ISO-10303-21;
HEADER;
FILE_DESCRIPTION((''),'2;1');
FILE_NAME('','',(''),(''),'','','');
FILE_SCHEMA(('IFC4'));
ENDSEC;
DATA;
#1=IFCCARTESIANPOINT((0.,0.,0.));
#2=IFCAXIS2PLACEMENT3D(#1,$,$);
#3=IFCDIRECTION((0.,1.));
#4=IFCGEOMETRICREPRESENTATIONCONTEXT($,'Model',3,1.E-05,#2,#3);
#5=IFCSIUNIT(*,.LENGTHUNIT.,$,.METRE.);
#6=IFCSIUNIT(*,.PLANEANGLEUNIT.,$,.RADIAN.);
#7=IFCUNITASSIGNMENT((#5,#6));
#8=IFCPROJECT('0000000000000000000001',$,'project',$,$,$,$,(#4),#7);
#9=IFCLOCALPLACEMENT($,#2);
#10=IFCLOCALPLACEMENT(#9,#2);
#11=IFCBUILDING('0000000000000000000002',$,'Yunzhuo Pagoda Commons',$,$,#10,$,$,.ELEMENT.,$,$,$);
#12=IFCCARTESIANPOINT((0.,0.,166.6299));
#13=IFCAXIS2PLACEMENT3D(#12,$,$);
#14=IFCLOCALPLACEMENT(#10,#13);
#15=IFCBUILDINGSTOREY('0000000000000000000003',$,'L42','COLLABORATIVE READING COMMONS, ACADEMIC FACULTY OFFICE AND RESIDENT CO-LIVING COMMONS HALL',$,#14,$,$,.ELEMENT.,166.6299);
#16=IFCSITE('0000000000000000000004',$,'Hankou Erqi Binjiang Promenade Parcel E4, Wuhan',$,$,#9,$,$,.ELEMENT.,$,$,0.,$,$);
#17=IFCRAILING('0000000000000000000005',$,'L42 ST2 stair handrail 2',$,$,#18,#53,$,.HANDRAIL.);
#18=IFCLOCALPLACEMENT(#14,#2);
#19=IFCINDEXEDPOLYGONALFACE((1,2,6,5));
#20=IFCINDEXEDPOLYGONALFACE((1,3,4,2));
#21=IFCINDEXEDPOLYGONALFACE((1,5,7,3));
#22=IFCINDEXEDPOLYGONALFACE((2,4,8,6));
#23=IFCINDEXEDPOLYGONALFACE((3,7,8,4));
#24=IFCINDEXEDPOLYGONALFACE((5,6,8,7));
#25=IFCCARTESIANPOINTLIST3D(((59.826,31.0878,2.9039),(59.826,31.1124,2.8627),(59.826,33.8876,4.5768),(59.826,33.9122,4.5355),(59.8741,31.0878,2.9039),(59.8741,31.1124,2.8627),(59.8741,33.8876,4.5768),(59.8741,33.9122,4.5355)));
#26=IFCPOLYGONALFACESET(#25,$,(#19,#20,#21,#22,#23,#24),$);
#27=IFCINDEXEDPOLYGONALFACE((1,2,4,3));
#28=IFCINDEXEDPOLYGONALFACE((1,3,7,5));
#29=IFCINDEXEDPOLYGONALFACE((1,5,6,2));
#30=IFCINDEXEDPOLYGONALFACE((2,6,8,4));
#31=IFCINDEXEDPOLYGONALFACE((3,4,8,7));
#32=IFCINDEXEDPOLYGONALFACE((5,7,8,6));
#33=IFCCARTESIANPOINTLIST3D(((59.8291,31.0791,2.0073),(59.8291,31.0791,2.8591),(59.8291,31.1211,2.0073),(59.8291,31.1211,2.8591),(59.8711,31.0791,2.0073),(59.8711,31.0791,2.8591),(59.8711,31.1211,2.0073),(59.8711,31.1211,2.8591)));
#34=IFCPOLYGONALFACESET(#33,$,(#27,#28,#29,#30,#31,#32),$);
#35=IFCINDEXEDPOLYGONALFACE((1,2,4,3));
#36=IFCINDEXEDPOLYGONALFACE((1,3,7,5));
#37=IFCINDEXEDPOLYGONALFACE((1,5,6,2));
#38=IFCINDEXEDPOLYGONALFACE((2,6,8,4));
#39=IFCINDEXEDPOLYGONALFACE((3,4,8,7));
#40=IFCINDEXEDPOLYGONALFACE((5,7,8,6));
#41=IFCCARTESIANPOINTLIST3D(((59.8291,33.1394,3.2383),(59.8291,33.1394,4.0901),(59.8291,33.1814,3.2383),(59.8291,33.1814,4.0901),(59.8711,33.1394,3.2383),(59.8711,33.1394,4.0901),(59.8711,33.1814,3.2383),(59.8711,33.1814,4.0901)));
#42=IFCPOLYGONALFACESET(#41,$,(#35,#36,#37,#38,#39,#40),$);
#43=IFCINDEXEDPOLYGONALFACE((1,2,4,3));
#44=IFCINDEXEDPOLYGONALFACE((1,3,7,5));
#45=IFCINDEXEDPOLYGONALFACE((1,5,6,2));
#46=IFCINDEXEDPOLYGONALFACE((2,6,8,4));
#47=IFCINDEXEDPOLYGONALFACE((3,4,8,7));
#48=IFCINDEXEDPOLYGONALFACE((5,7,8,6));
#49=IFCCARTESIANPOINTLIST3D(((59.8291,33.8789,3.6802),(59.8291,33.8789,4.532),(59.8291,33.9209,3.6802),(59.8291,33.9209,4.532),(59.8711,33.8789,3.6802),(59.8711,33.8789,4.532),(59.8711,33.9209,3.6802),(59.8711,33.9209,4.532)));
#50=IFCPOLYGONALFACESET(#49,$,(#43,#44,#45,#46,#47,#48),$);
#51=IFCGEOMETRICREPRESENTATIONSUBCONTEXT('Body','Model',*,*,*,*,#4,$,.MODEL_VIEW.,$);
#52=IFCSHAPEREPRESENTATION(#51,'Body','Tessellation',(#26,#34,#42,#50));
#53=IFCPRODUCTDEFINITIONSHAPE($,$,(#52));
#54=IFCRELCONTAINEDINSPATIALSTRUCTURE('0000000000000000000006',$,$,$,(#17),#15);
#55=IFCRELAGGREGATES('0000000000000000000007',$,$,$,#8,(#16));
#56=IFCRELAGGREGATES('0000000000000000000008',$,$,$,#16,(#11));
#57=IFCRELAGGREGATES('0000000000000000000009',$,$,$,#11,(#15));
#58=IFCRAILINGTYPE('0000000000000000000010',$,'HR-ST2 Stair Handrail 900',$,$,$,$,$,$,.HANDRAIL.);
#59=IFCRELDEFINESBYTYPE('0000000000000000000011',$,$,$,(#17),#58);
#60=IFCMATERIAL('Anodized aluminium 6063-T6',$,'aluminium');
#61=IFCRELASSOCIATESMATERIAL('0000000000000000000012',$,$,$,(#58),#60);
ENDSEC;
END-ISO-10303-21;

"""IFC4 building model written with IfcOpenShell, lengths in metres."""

from ifc_helpers import new_model, si_unit, direction, frame, origin, origin_2d, place, context, subcontext, project, spatial, rectangle, extrude, material, type_object, element, save


model = new_model("IFC4")

# Units and contexts
model_context = context("Model", 3, precision=1e-05, world=origin(), true_north=direction((0.0, 1.0)))
body_context = subcontext(model_context, "Body", "Model", "MODEL_VIEW")
ifc_project = project(units=[si_unit("LENGTHUNIT", "METRE"), si_unit("PLANEANGLEUNIT", "RADIAN")], contexts=[model_context])

# Site, building, storey
site_placement = place(None, origin())
site = spatial("IfcSite", under=ifc_project, at=site_placement, Name="Hankou Erqi Binjiang Promenade Parcel E4, Wuhan", CompositionType="ELEMENT", RefElevation=0.0)
building_placement = place(site_placement, origin())
building = spatial("IfcBuilding", under=site, at=building_placement, Name="Yunzhuo Pagoda Commons", CompositionType="ELEMENT")
storey_placement = place(building_placement, frame((0.0, 0.0, 166.6299)))
storey = spatial("IfcBuildingStorey", under=building, at=storey_placement, Name="L42", Description="COLLABORATIVE READING COMMONS, ACADEMIC FACULTY OFFICE AND RESIDENT CO-LIVING COMMONS HALL", CompositionType="ELEMENT", Elevation=166.6299)

# Shared definitions
ifc_material_1 = material(Name="Anodized aluminium 6063-T6", Category="aluminium")

# Railing
railing_type_1 = type_object("IfcRailingType", Name="HR-ST2 Stair Handrail 900", PredefinedType="HANDRAIL", material=ifc_material_1)
railing_1_placement = place(storey_placement, frame((59.8501, 31.1001, 2.0073)))
element("IfcRailing", 1, at=railing_1_placement, inside=storey, type_object=railing_type_1, Name="L42 ST2 stair handrail 2", PredefinedType="HANDRAIL", context=body_context, shape_type="SweptSolid", body=[
    extrude(rectangle(XDim=0.0481, YDim=0.0481, at=origin_2d()), frame((0.0, 0.0, 0.876), z_axis=(0.0, 0.858443, 0.51291), x_axis=(-1.0, 0.0, 0.0)), (0.0, 0.0, 1.0), 3.2615),
    extrude(rectangle(XDim=0.042, YDim=0.042, at=origin_2d()), origin(), (0.0, 0.0, 1.0), 0.8518),
    extrude(rectangle(XDim=0.042, YDim=0.042, at=origin_2d()), frame((0.0, 2.0603, 1.231)), (0.0, 0.0, 1.0), 0.8518),
    extrude(rectangle(XDim=0.042, YDim=0.042, at=origin_2d()), frame((0.0, 2.7998, 1.6729)), (0.0, 0.0, 1.0), 0.8518),
])

save(model, "model.ifc")
